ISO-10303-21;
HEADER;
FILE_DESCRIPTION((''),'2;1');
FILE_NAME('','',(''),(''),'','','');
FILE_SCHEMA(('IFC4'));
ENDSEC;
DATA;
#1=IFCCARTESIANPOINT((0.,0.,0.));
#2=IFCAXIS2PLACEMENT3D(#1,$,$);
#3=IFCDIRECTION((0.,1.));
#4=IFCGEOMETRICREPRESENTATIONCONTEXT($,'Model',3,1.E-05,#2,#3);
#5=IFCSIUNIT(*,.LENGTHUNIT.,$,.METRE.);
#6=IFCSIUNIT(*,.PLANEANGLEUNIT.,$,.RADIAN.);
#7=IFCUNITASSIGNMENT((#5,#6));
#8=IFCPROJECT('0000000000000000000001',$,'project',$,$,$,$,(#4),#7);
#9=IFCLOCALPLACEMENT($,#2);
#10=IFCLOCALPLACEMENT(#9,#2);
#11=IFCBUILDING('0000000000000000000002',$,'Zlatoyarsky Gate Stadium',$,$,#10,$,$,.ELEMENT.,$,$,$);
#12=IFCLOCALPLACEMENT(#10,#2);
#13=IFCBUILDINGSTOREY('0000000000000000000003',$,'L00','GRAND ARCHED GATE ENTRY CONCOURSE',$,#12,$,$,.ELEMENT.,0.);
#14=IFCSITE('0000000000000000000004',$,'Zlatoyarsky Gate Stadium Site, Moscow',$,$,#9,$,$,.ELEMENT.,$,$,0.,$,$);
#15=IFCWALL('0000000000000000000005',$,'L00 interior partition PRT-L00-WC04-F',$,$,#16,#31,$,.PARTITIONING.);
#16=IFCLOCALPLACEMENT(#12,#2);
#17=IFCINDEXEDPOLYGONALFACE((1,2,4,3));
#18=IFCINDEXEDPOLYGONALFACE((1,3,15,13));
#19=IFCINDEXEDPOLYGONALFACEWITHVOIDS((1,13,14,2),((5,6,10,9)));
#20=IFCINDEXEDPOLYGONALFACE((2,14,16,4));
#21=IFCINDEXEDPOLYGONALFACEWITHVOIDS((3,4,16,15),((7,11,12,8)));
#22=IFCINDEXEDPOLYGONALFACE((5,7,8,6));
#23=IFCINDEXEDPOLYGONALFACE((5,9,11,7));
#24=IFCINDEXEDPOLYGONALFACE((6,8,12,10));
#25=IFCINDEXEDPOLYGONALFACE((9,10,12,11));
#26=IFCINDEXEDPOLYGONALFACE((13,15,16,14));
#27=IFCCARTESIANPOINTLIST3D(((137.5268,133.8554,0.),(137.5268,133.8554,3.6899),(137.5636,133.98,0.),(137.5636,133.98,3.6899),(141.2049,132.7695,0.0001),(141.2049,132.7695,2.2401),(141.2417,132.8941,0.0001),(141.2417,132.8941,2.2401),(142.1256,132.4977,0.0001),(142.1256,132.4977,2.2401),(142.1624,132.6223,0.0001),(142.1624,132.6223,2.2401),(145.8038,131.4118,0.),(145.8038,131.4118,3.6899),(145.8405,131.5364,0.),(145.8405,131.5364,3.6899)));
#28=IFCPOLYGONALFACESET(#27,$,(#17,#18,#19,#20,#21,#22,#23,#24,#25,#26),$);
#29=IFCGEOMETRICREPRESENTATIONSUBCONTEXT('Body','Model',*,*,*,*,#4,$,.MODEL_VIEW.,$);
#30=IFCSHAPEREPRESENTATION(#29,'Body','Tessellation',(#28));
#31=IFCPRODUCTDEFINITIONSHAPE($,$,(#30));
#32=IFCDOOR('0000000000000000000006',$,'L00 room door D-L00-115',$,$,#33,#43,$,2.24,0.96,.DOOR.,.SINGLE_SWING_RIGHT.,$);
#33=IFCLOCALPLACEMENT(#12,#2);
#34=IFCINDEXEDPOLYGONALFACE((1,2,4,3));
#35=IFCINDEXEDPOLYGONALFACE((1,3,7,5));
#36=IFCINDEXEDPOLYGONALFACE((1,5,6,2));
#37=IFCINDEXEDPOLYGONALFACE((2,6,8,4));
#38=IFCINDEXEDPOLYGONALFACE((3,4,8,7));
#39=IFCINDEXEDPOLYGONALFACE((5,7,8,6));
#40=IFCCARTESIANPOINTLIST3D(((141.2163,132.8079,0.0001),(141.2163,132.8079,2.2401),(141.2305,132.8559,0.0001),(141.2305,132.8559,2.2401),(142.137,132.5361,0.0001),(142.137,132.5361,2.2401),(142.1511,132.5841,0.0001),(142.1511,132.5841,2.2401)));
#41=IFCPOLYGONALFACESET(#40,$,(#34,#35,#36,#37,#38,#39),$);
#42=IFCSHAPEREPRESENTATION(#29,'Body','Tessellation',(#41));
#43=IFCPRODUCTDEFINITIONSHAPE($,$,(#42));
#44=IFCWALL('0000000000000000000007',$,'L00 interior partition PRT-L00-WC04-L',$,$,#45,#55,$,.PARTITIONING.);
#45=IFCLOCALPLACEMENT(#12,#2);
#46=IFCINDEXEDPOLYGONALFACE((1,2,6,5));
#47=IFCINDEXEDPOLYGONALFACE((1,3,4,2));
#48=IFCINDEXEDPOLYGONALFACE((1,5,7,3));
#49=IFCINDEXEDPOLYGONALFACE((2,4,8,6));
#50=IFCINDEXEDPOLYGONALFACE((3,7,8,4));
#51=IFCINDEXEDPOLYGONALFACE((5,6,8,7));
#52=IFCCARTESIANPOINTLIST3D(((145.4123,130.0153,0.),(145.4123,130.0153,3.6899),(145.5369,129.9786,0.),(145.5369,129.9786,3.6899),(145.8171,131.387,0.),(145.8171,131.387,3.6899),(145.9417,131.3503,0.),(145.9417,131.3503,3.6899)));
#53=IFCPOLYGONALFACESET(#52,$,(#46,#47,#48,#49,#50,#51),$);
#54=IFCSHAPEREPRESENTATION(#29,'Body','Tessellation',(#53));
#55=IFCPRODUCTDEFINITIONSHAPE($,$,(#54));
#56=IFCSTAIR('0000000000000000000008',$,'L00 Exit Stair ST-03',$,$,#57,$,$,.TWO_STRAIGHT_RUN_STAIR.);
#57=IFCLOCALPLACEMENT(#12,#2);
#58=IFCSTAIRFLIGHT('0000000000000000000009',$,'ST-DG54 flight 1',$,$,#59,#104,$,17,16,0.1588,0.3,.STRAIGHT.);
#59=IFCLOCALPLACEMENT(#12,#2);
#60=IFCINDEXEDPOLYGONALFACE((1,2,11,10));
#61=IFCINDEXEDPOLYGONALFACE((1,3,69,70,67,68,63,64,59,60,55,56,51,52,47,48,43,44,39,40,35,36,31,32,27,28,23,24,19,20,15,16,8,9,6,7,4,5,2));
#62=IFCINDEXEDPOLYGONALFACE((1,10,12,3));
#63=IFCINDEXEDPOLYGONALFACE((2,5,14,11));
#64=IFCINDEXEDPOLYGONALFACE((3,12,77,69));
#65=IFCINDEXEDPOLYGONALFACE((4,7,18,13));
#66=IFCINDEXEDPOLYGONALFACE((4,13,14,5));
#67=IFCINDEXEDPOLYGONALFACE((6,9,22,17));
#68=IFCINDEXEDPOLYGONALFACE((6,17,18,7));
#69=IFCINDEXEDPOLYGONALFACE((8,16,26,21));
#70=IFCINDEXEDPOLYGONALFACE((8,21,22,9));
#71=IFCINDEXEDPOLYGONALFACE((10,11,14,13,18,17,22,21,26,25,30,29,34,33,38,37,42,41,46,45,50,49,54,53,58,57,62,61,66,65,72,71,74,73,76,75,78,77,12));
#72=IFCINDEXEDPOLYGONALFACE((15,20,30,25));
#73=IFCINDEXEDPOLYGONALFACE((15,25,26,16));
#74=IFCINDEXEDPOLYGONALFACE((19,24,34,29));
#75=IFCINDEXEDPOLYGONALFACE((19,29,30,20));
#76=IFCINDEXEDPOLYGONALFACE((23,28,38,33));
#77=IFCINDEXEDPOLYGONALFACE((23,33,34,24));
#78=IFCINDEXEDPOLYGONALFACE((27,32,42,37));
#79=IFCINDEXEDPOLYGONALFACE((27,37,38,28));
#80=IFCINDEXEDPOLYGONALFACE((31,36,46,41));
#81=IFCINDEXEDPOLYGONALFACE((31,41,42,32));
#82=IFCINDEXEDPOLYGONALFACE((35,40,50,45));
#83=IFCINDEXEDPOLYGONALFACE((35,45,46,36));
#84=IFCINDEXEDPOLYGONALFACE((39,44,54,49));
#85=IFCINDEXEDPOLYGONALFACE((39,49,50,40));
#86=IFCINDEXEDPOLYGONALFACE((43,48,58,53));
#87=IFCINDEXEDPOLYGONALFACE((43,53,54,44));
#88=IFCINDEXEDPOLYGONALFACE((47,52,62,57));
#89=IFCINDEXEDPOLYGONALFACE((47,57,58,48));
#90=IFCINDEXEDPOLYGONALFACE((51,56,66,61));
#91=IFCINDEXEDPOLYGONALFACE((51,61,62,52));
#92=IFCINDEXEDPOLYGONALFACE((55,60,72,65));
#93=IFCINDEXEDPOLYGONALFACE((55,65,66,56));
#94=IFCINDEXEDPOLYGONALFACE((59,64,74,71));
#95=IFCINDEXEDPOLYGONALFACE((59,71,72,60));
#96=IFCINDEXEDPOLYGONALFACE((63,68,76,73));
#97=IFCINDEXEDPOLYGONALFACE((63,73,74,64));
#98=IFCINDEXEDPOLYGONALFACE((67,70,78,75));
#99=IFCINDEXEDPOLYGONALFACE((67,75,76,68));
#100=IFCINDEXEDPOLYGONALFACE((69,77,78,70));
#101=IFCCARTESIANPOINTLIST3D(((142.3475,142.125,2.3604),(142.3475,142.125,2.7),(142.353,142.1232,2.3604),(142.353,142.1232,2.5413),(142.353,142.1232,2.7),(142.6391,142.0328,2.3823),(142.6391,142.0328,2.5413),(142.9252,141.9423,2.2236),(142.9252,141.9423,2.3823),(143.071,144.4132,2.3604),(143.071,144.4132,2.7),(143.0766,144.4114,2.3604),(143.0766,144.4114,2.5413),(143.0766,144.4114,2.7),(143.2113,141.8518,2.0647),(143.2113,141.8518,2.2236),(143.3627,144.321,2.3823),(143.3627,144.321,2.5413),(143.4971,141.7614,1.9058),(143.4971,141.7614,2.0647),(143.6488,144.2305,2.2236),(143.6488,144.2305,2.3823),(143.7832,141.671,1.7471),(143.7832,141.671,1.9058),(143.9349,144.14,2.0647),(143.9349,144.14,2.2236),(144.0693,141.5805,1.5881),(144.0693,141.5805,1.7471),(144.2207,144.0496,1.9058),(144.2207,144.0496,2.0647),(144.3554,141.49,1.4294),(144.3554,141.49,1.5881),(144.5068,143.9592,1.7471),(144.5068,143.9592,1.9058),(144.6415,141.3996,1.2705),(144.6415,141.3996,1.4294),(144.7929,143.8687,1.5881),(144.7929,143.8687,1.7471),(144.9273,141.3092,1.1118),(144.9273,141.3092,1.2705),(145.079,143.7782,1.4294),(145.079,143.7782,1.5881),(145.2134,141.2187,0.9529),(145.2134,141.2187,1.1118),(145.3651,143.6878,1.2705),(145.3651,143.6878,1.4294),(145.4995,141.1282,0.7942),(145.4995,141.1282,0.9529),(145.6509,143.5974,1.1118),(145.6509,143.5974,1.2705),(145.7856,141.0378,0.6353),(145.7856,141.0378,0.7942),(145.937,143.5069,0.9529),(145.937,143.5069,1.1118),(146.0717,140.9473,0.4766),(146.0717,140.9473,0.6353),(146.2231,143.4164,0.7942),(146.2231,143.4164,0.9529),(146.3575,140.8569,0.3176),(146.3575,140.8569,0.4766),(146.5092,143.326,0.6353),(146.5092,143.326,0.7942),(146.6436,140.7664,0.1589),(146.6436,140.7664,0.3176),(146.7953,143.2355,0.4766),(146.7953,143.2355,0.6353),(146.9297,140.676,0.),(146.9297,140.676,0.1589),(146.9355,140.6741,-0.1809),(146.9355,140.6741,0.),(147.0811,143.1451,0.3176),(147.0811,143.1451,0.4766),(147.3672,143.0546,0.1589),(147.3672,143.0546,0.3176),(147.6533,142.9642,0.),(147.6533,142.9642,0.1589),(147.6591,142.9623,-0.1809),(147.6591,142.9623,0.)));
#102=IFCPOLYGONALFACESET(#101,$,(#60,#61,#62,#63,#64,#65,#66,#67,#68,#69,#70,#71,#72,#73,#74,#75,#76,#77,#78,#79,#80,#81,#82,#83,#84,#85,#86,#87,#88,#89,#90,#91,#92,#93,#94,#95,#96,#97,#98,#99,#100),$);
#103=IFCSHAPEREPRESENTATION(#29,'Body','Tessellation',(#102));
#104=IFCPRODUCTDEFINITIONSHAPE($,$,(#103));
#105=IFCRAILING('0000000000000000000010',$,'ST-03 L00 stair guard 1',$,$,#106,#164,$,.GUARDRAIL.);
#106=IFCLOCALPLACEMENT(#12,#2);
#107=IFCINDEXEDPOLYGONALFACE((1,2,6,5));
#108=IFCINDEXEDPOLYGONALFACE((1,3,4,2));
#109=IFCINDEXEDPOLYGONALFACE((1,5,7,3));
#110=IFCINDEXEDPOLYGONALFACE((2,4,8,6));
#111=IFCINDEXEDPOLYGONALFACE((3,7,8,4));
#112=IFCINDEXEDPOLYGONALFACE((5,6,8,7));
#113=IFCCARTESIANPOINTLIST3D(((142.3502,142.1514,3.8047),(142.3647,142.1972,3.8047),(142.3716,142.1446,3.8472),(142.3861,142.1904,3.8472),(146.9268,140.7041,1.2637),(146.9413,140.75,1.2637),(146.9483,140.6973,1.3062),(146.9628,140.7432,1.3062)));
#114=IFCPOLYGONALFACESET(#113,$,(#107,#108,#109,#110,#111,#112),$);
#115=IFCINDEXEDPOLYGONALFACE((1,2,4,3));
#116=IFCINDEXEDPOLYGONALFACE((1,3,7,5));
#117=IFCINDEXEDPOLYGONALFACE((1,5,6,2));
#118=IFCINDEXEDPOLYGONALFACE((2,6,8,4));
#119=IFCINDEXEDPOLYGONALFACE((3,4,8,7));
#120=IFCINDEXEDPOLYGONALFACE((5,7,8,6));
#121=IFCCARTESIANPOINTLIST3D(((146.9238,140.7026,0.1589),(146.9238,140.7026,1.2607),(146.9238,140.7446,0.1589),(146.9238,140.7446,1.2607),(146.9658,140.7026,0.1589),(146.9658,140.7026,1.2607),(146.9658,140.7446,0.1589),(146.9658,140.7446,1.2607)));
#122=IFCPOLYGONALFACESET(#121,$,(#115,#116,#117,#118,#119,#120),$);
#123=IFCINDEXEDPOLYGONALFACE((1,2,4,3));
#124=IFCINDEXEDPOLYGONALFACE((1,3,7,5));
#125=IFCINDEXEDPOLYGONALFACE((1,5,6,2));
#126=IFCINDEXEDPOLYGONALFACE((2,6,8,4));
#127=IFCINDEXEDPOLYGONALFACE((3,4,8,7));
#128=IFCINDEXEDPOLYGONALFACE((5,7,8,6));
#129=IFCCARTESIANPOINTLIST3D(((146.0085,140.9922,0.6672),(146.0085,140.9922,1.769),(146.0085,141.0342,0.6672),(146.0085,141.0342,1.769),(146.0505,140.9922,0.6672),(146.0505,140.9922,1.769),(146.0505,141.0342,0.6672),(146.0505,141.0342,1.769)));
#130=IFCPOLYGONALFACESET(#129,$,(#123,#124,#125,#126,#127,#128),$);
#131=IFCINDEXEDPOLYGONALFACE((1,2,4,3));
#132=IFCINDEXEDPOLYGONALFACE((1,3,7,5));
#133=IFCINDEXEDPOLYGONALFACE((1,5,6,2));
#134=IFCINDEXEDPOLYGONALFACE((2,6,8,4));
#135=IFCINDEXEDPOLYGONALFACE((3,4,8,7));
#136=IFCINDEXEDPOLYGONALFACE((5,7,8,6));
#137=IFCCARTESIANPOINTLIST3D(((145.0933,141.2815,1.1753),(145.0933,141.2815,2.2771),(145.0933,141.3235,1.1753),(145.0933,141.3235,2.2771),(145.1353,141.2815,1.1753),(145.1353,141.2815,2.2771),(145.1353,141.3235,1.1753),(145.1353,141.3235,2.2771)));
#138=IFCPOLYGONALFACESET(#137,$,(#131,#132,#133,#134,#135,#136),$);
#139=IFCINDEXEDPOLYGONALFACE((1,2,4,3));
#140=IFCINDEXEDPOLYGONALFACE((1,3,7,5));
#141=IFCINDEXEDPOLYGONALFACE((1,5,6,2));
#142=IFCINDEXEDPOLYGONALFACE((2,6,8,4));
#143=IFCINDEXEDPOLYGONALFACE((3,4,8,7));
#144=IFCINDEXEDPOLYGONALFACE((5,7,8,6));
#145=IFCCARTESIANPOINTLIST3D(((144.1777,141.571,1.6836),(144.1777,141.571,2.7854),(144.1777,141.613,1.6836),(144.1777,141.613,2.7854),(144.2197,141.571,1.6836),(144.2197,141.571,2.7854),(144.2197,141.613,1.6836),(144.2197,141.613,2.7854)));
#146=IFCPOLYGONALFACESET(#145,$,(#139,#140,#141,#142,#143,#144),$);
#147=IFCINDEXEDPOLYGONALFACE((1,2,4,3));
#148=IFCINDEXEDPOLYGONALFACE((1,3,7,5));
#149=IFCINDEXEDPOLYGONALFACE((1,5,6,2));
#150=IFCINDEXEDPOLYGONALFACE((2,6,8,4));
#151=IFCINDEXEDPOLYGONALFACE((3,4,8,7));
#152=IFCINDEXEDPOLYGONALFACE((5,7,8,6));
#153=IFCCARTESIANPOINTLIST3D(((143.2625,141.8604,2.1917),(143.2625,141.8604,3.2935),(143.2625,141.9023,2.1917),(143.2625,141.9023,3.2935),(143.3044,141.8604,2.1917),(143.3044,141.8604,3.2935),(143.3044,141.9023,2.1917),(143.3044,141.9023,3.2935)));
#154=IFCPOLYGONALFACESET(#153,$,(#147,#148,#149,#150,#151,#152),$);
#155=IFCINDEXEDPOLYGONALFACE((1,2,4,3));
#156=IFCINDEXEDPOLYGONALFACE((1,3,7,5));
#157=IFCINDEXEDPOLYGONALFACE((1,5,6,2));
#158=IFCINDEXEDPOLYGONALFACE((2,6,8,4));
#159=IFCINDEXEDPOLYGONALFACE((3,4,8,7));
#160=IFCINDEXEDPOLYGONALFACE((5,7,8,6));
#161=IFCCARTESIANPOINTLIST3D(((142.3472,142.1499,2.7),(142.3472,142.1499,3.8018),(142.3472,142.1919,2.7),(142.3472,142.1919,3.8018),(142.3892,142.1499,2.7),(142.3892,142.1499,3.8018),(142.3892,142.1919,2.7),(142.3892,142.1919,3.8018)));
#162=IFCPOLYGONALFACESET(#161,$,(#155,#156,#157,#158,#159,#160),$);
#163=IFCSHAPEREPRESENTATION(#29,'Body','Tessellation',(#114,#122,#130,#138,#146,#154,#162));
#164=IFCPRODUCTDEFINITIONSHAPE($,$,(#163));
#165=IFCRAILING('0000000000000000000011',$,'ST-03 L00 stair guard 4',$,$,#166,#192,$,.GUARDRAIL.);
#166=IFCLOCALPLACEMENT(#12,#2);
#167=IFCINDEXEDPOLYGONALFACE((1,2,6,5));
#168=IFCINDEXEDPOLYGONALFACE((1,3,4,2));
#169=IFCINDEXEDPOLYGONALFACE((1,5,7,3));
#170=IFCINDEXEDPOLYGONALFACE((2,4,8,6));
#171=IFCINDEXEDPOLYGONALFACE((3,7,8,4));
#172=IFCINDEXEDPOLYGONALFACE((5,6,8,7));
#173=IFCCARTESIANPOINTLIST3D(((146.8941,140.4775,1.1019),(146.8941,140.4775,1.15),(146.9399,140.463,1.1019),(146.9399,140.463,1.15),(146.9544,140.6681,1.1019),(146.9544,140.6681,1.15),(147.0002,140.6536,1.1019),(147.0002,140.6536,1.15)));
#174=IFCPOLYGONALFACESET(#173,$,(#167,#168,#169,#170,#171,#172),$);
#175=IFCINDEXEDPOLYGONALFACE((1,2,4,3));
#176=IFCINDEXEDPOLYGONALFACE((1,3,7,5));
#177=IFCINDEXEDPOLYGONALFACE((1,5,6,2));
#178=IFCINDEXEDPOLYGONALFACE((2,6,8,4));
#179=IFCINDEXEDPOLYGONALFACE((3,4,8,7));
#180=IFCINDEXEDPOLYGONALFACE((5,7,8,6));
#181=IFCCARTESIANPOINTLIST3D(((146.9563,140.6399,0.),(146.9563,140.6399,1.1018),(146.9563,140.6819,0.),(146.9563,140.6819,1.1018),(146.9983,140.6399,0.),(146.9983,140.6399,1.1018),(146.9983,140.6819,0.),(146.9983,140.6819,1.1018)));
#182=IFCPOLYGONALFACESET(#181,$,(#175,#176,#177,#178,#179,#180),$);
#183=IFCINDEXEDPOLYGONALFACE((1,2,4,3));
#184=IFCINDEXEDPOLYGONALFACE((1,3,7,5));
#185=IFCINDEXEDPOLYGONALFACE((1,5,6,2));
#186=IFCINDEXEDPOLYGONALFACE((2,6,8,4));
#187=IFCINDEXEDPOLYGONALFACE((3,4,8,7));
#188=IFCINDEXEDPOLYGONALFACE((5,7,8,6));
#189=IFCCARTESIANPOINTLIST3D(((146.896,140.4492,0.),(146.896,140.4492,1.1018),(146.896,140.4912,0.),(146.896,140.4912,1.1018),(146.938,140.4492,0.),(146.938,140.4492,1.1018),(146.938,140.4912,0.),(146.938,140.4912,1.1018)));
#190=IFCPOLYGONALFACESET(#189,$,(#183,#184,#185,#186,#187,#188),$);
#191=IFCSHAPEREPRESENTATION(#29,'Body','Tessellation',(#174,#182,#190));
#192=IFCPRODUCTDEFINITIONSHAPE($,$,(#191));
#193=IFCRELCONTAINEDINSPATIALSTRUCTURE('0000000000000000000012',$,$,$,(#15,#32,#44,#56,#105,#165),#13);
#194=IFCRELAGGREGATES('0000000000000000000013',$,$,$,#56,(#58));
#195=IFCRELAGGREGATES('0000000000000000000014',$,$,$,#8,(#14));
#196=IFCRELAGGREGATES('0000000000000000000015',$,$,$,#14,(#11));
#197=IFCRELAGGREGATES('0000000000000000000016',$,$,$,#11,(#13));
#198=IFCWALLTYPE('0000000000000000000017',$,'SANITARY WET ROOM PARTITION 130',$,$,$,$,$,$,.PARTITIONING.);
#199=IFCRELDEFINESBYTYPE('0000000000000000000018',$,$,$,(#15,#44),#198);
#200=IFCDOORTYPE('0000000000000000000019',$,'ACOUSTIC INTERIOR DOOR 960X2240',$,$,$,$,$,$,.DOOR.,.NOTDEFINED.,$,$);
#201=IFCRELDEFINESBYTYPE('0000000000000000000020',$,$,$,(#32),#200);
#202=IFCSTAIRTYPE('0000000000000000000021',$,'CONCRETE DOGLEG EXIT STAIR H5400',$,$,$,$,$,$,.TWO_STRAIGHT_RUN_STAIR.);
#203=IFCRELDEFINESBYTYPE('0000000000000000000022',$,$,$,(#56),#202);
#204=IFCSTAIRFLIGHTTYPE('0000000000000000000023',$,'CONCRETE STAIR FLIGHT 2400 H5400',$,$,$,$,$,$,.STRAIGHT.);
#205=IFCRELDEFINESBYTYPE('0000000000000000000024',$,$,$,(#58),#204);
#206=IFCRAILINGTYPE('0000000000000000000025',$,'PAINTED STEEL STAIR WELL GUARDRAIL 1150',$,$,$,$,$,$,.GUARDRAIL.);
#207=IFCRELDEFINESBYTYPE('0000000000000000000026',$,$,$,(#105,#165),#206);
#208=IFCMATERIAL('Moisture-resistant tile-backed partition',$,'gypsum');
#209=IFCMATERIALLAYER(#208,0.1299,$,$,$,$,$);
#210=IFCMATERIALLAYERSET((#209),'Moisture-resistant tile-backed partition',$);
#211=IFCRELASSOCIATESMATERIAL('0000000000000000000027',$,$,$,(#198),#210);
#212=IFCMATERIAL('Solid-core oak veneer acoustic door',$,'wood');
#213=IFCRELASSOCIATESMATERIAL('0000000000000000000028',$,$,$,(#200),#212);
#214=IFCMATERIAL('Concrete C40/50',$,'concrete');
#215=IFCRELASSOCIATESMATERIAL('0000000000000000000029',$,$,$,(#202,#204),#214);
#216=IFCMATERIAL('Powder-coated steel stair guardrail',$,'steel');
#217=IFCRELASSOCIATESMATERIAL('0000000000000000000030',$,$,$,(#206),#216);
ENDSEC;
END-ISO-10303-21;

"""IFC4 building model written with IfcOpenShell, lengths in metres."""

from ifc_helpers import new_model, si_unit, direction, frame, frame_2d, origin, origin_2d, place, context, subcontext, project, spatial, polyline, rectangle, outline, extrude, material, layer, layer_set, type_object, element, fill, aggregate, save


model = new_model("IFC4")

# Units and contexts
model_context = context("Model", 3, precision=1e-05, world=origin(), true_north=direction((0.0, 1.0)))
body_context = subcontext(model_context, "Body", "Model", "MODEL_VIEW")
ifc_project = project(units=[si_unit("LENGTHUNIT", "METRE"), si_unit("PLANEANGLEUNIT", "RADIAN")], contexts=[model_context])

# Site, building, storey
site_placement = place(None, origin())
site = spatial("IfcSite", under=ifc_project, at=site_placement, Name="Zlatoyarsky Gate Stadium Site, Moscow", CompositionType="ELEMENT", RefElevation=0.0)
building_placement = place(site_placement, origin())
building = spatial("IfcBuilding", under=site, at=building_placement, Name="Zlatoyarsky Gate Stadium", CompositionType="ELEMENT")
storey_placement = place(building_placement, origin())
storey = spatial("IfcBuildingStorey", under=building, at=storey_placement, Name="L00", Description="GRAND ARCHED GATE ENTRY CONCOURSE", CompositionType="ELEMENT", Elevation=0.0)

# Shared definitions
ifc_material_1 = material(Name="Concrete C40/50", Category="concrete")

# Wall, opening, door
ifc_material_2 = material(Name="Moisture-resistant tile-backed partition", Category="gypsum")
ifc_layer_1 = layer(ifc_material_2, 0.1299)
ifc_layer_set_1 = layer_set([ifc_layer_1], Name="Moisture-resistant tile-backed partition")
wall_type_1 = type_object("IfcWallType", Name="SANITARY WET ROOM PARTITION 130", PredefinedType="PARTITIONING", material=ifc_layer_set_1)
wall_1_placement = place(storey_placement, frame((145.822, 131.4741, 0.0), z_axis=(0.0, 0.0, 1.0), x_axis=(-0.959075, 0.283151, 0.0)))
wall_1 = element("IfcWall", 1, at=wall_1_placement, inside=storey, type_object=wall_type_1, Name="L00 interior partition PRT-L00-WC04-F", PredefinedType="PARTITIONING", context=body_context, shape_type="SweptSolid", body=[
    extrude(rectangle(XDim=8.6301, YDim=0.1299, at=frame_2d((4.3149, 0.0))), origin(), (0.0, 0.0, 1.0), 3.6899),
])
opening_1_placement = place(wall_1_placement, frame((3.835, 0.0, 0.0)))
opening_1 = element("IfcOpeningElement", 2, at=opening_1_placement, cuts=wall_1, PredefinedType="OPENING", context=body_context, shape_type="SweptSolid", body=[
    extrude(rectangle(XDim=0.96, YDim=2.24, at=frame_2d((0.48, 1.1201))), frame((0.0, 0.075, 0.0), z_axis=(0.0, -1.0, 0.0), x_axis=(1.0, 0.0, 0.0)), (0.0, 0.0, 1.0), 0.1499),
])
ifc_material_3 = material(Name="Solid-core oak veneer acoustic door", Category="wood")
door_type_1 = type_object("IfcDoorType", Name="ACOUSTIC INTERIOR DOOR 960X2240", OperationType="NOTDEFINED", PredefinedType="DOOR", material=ifc_material_3)
door_1_placement = place(opening_1_placement, origin())
door_1 = element("IfcDoor", 3, at=door_1_placement, inside=storey, type_object=door_type_1, Name="L00 room door D-L00-115", OperationType="SINGLE_SWING_RIGHT", OverallHeight=2.24, OverallWidth=0.96, PredefinedType="DOOR", context=body_context, shape_type="SweptSolid", body=[
    extrude(rectangle(XDim=0.96, YDim=2.24, at=frame_2d((0.48, 1.1201))), frame((0.0, 0.0249, 0.0), z_axis=(0.0, -1.0, 0.0), x_axis=(1.0, 0.0, 0.0)), (0.0, 0.0, 1.0), 0.05),
])
fill(opening_1, door_1)

# Wall
wall_2_placement = place(storey_placement, frame((145.8794, 131.3687, 0.0), z_axis=(0.0, 0.0, 1.0), x_axis=(-0.283054, -0.959104, 0.0)))
element("IfcWall", 4, at=wall_2_placement, inside=storey, type_object=wall_type_1, Name="L00 interior partition PRT-L00-WC04-L", PredefinedType="PARTITIONING", context=body_context, shape_type="SweptSolid", body=[
    extrude(rectangle(XDim=1.4302, YDim=0.1299, at=frame_2d((0.7151, 0.0))), origin(), (0.0, 0.0, 1.0), 3.6899),
])

# Stair, stair flight
stair_type = type_object("IfcStairType", Name="CONCRETE DOGLEG EXIT STAIR H5400", PredefinedType="TWO_STRAIGHT_RUN_STAIR", material=ifc_material_1)
stair_placement = place(storey_placement, origin())
stair = element("IfcStair", 5, at=stair_placement, inside=storey, type_object=stair_type, Name="L00 Exit Stair ST-03", PredefinedType="TWO_STRAIGHT_RUN_STAIR")
stair_flight_type = type_object("IfcStairFlightType", Name="CONCRETE STAIR FLIGHT 2400 H5400", PredefinedType="STRAIGHT", material=ifc_material_1)
stair_flight_placement = place(storey_placement, frame((147.2915, 141.8201, 0.0), z_axis=(0.0, 0.0, 1.0), x_axis=(-0.953463, 0.30151, 0.0)))
stair_flight = element("IfcStairFlight", 6, at=stair_flight_placement, type_object=stair_flight_type, Name="ST-DG54 flight 1", NumberOfRisers=17, NumberOfTreads=16, PredefinedType="STRAIGHT", RiserHeight=0.1588, TreadLength=0.3, context=body_context, shape_type="SweptSolid", body=[
    extrude(outline(polyline([(-0.0061, -0.1809), (-0.0061, 0.0), (0.0, 0.0), (0.0, 0.1589), (0.3, 0.1589), (0.3, 0.3176), (0.6001, 0.3176), (0.6001, 0.4766), (0.8999, 0.4766), (0.8999, 0.6353), (1.2, 0.6353), (1.2, 0.7942), (1.5, 0.7942), (1.5, 0.9529), (1.8, 0.9529), (1.8, 1.1118), (2.1001, 1.1118), (2.1001, 1.2705), (2.3999, 1.2705), (2.3999, 1.4294), (2.7, 1.4294), (2.7, 1.5881), (3.0, 1.5881), (3.0, 1.7471), (3.3, 1.7471), (3.3, 1.9058), (3.6001, 1.9058), (3.6001, 2.0647), (3.8999, 2.0647), (3.8999, 2.2236), (4.2, 2.2236), (4.2, 2.3823), (4.5, 2.3823), (4.5, 2.5413), (4.8, 2.5413), (4.8, 2.7), (4.8059, 2.7), (4.8059, 2.3604), (4.8, 2.3604), (-0.0061, -0.1809)])), frame((0.0, 1.2, 0.0), z_axis=(0.0, -1.0, 0.0), x_axis=(1.0, 0.0, 0.0)), (0.0, 0.0, 1.0), 2.3999),
])
aggregate(stair, [stair_flight])

# Railings
ifc_material_4 = material(Name="Powder-coated steel stair guardrail", Category="steel")
railing_type = type_object("IfcRailingType", Name="PAINTED STEEL STAIR WELL GUARDRAIL 1150", PredefinedType="GUARDRAIL", material=ifc_material_4)
railing_1_placement = place(storey_placement, frame((146.9448, 140.7236, 0.1589)))
element("IfcRailing", 7, at=railing_1_placement, inside=storey, type_object=railing_type, Name="ST-03 L00 stair guard 1", PredefinedType="GUARDRAIL", context=body_context, shape_type="SweptSolid", body=[
    extrude(rectangle(XDim=0.0481, YDim=0.0481, at=origin_2d()), frame((0.0, 0.0, 1.126), z_axis=(-0.842672, 0.266476, 0.467861), x_axis=(-0.301511, -0.953463, 0.0)), (0.0, 0.0, 1.0), 5.4312),
    extrude(rectangle(XDim=0.042, YDim=0.042, at=origin_2d()), origin(), (0.0, 0.0, 1.0), 1.1018),
    extrude(rectangle(XDim=0.042, YDim=0.042, at=origin_2d()), frame((-0.9153, 0.2896, 0.5083)), (0.0, 0.0, 1.0), 1.1018),
    extrude(rectangle(XDim=0.042, YDim=0.042, at=origin_2d()), frame((-1.8306, 0.5789, 1.0164)), (0.0, 0.0, 1.0), 1.1018),
    extrude(rectangle(XDim=0.042, YDim=0.042, at=origin_2d()), frame((-2.7461, 0.8684, 1.5247)), (0.0, 0.0, 1.0), 1.1018),
    extrude(rectangle(XDim=0.042, YDim=0.042, at=origin_2d()), frame((-3.6614, 1.1577, 2.0327)), (0.0, 0.0, 1.0), 1.1018),
    extrude(rectangle(XDim=0.042, YDim=0.042, at=origin_2d()), frame((-4.5767, 1.4473, 2.541)), (0.0, 0.0, 1.0), 1.1018),
])
railing_2_placement = place(storey_placement, frame((146.9773, 140.6609, 0.0)))
element("IfcRailing", 8, at=railing_2_placement, inside=storey, type_object=railing_type, Name="ST-03 L00 stair guard 4", PredefinedType="GUARDRAIL", context=body_context, shape_type="SweptSolid", body=[
    extrude(rectangle(XDim=0.0481, YDim=0.0481, at=origin_2d()), frame((0.0, 0.0, 1.126), z_axis=(-0.30154, -0.953453, 0.0), x_axis=(0.953453, -0.30154, 0.0)), (0.0, 0.0, 1.0), 0.2),
    extrude(rectangle(XDim=0.042, YDim=0.042, at=origin_2d()), origin(), (0.0, 0.0, 1.0), 1.1018),
    extrude(rectangle(XDim=0.042, YDim=0.042, at=origin_2d()), frame((-0.0603, -0.1907, 0.0)), (0.0, 0.0, 1.0), 1.1018),
])

save(model, "model.ifc")
